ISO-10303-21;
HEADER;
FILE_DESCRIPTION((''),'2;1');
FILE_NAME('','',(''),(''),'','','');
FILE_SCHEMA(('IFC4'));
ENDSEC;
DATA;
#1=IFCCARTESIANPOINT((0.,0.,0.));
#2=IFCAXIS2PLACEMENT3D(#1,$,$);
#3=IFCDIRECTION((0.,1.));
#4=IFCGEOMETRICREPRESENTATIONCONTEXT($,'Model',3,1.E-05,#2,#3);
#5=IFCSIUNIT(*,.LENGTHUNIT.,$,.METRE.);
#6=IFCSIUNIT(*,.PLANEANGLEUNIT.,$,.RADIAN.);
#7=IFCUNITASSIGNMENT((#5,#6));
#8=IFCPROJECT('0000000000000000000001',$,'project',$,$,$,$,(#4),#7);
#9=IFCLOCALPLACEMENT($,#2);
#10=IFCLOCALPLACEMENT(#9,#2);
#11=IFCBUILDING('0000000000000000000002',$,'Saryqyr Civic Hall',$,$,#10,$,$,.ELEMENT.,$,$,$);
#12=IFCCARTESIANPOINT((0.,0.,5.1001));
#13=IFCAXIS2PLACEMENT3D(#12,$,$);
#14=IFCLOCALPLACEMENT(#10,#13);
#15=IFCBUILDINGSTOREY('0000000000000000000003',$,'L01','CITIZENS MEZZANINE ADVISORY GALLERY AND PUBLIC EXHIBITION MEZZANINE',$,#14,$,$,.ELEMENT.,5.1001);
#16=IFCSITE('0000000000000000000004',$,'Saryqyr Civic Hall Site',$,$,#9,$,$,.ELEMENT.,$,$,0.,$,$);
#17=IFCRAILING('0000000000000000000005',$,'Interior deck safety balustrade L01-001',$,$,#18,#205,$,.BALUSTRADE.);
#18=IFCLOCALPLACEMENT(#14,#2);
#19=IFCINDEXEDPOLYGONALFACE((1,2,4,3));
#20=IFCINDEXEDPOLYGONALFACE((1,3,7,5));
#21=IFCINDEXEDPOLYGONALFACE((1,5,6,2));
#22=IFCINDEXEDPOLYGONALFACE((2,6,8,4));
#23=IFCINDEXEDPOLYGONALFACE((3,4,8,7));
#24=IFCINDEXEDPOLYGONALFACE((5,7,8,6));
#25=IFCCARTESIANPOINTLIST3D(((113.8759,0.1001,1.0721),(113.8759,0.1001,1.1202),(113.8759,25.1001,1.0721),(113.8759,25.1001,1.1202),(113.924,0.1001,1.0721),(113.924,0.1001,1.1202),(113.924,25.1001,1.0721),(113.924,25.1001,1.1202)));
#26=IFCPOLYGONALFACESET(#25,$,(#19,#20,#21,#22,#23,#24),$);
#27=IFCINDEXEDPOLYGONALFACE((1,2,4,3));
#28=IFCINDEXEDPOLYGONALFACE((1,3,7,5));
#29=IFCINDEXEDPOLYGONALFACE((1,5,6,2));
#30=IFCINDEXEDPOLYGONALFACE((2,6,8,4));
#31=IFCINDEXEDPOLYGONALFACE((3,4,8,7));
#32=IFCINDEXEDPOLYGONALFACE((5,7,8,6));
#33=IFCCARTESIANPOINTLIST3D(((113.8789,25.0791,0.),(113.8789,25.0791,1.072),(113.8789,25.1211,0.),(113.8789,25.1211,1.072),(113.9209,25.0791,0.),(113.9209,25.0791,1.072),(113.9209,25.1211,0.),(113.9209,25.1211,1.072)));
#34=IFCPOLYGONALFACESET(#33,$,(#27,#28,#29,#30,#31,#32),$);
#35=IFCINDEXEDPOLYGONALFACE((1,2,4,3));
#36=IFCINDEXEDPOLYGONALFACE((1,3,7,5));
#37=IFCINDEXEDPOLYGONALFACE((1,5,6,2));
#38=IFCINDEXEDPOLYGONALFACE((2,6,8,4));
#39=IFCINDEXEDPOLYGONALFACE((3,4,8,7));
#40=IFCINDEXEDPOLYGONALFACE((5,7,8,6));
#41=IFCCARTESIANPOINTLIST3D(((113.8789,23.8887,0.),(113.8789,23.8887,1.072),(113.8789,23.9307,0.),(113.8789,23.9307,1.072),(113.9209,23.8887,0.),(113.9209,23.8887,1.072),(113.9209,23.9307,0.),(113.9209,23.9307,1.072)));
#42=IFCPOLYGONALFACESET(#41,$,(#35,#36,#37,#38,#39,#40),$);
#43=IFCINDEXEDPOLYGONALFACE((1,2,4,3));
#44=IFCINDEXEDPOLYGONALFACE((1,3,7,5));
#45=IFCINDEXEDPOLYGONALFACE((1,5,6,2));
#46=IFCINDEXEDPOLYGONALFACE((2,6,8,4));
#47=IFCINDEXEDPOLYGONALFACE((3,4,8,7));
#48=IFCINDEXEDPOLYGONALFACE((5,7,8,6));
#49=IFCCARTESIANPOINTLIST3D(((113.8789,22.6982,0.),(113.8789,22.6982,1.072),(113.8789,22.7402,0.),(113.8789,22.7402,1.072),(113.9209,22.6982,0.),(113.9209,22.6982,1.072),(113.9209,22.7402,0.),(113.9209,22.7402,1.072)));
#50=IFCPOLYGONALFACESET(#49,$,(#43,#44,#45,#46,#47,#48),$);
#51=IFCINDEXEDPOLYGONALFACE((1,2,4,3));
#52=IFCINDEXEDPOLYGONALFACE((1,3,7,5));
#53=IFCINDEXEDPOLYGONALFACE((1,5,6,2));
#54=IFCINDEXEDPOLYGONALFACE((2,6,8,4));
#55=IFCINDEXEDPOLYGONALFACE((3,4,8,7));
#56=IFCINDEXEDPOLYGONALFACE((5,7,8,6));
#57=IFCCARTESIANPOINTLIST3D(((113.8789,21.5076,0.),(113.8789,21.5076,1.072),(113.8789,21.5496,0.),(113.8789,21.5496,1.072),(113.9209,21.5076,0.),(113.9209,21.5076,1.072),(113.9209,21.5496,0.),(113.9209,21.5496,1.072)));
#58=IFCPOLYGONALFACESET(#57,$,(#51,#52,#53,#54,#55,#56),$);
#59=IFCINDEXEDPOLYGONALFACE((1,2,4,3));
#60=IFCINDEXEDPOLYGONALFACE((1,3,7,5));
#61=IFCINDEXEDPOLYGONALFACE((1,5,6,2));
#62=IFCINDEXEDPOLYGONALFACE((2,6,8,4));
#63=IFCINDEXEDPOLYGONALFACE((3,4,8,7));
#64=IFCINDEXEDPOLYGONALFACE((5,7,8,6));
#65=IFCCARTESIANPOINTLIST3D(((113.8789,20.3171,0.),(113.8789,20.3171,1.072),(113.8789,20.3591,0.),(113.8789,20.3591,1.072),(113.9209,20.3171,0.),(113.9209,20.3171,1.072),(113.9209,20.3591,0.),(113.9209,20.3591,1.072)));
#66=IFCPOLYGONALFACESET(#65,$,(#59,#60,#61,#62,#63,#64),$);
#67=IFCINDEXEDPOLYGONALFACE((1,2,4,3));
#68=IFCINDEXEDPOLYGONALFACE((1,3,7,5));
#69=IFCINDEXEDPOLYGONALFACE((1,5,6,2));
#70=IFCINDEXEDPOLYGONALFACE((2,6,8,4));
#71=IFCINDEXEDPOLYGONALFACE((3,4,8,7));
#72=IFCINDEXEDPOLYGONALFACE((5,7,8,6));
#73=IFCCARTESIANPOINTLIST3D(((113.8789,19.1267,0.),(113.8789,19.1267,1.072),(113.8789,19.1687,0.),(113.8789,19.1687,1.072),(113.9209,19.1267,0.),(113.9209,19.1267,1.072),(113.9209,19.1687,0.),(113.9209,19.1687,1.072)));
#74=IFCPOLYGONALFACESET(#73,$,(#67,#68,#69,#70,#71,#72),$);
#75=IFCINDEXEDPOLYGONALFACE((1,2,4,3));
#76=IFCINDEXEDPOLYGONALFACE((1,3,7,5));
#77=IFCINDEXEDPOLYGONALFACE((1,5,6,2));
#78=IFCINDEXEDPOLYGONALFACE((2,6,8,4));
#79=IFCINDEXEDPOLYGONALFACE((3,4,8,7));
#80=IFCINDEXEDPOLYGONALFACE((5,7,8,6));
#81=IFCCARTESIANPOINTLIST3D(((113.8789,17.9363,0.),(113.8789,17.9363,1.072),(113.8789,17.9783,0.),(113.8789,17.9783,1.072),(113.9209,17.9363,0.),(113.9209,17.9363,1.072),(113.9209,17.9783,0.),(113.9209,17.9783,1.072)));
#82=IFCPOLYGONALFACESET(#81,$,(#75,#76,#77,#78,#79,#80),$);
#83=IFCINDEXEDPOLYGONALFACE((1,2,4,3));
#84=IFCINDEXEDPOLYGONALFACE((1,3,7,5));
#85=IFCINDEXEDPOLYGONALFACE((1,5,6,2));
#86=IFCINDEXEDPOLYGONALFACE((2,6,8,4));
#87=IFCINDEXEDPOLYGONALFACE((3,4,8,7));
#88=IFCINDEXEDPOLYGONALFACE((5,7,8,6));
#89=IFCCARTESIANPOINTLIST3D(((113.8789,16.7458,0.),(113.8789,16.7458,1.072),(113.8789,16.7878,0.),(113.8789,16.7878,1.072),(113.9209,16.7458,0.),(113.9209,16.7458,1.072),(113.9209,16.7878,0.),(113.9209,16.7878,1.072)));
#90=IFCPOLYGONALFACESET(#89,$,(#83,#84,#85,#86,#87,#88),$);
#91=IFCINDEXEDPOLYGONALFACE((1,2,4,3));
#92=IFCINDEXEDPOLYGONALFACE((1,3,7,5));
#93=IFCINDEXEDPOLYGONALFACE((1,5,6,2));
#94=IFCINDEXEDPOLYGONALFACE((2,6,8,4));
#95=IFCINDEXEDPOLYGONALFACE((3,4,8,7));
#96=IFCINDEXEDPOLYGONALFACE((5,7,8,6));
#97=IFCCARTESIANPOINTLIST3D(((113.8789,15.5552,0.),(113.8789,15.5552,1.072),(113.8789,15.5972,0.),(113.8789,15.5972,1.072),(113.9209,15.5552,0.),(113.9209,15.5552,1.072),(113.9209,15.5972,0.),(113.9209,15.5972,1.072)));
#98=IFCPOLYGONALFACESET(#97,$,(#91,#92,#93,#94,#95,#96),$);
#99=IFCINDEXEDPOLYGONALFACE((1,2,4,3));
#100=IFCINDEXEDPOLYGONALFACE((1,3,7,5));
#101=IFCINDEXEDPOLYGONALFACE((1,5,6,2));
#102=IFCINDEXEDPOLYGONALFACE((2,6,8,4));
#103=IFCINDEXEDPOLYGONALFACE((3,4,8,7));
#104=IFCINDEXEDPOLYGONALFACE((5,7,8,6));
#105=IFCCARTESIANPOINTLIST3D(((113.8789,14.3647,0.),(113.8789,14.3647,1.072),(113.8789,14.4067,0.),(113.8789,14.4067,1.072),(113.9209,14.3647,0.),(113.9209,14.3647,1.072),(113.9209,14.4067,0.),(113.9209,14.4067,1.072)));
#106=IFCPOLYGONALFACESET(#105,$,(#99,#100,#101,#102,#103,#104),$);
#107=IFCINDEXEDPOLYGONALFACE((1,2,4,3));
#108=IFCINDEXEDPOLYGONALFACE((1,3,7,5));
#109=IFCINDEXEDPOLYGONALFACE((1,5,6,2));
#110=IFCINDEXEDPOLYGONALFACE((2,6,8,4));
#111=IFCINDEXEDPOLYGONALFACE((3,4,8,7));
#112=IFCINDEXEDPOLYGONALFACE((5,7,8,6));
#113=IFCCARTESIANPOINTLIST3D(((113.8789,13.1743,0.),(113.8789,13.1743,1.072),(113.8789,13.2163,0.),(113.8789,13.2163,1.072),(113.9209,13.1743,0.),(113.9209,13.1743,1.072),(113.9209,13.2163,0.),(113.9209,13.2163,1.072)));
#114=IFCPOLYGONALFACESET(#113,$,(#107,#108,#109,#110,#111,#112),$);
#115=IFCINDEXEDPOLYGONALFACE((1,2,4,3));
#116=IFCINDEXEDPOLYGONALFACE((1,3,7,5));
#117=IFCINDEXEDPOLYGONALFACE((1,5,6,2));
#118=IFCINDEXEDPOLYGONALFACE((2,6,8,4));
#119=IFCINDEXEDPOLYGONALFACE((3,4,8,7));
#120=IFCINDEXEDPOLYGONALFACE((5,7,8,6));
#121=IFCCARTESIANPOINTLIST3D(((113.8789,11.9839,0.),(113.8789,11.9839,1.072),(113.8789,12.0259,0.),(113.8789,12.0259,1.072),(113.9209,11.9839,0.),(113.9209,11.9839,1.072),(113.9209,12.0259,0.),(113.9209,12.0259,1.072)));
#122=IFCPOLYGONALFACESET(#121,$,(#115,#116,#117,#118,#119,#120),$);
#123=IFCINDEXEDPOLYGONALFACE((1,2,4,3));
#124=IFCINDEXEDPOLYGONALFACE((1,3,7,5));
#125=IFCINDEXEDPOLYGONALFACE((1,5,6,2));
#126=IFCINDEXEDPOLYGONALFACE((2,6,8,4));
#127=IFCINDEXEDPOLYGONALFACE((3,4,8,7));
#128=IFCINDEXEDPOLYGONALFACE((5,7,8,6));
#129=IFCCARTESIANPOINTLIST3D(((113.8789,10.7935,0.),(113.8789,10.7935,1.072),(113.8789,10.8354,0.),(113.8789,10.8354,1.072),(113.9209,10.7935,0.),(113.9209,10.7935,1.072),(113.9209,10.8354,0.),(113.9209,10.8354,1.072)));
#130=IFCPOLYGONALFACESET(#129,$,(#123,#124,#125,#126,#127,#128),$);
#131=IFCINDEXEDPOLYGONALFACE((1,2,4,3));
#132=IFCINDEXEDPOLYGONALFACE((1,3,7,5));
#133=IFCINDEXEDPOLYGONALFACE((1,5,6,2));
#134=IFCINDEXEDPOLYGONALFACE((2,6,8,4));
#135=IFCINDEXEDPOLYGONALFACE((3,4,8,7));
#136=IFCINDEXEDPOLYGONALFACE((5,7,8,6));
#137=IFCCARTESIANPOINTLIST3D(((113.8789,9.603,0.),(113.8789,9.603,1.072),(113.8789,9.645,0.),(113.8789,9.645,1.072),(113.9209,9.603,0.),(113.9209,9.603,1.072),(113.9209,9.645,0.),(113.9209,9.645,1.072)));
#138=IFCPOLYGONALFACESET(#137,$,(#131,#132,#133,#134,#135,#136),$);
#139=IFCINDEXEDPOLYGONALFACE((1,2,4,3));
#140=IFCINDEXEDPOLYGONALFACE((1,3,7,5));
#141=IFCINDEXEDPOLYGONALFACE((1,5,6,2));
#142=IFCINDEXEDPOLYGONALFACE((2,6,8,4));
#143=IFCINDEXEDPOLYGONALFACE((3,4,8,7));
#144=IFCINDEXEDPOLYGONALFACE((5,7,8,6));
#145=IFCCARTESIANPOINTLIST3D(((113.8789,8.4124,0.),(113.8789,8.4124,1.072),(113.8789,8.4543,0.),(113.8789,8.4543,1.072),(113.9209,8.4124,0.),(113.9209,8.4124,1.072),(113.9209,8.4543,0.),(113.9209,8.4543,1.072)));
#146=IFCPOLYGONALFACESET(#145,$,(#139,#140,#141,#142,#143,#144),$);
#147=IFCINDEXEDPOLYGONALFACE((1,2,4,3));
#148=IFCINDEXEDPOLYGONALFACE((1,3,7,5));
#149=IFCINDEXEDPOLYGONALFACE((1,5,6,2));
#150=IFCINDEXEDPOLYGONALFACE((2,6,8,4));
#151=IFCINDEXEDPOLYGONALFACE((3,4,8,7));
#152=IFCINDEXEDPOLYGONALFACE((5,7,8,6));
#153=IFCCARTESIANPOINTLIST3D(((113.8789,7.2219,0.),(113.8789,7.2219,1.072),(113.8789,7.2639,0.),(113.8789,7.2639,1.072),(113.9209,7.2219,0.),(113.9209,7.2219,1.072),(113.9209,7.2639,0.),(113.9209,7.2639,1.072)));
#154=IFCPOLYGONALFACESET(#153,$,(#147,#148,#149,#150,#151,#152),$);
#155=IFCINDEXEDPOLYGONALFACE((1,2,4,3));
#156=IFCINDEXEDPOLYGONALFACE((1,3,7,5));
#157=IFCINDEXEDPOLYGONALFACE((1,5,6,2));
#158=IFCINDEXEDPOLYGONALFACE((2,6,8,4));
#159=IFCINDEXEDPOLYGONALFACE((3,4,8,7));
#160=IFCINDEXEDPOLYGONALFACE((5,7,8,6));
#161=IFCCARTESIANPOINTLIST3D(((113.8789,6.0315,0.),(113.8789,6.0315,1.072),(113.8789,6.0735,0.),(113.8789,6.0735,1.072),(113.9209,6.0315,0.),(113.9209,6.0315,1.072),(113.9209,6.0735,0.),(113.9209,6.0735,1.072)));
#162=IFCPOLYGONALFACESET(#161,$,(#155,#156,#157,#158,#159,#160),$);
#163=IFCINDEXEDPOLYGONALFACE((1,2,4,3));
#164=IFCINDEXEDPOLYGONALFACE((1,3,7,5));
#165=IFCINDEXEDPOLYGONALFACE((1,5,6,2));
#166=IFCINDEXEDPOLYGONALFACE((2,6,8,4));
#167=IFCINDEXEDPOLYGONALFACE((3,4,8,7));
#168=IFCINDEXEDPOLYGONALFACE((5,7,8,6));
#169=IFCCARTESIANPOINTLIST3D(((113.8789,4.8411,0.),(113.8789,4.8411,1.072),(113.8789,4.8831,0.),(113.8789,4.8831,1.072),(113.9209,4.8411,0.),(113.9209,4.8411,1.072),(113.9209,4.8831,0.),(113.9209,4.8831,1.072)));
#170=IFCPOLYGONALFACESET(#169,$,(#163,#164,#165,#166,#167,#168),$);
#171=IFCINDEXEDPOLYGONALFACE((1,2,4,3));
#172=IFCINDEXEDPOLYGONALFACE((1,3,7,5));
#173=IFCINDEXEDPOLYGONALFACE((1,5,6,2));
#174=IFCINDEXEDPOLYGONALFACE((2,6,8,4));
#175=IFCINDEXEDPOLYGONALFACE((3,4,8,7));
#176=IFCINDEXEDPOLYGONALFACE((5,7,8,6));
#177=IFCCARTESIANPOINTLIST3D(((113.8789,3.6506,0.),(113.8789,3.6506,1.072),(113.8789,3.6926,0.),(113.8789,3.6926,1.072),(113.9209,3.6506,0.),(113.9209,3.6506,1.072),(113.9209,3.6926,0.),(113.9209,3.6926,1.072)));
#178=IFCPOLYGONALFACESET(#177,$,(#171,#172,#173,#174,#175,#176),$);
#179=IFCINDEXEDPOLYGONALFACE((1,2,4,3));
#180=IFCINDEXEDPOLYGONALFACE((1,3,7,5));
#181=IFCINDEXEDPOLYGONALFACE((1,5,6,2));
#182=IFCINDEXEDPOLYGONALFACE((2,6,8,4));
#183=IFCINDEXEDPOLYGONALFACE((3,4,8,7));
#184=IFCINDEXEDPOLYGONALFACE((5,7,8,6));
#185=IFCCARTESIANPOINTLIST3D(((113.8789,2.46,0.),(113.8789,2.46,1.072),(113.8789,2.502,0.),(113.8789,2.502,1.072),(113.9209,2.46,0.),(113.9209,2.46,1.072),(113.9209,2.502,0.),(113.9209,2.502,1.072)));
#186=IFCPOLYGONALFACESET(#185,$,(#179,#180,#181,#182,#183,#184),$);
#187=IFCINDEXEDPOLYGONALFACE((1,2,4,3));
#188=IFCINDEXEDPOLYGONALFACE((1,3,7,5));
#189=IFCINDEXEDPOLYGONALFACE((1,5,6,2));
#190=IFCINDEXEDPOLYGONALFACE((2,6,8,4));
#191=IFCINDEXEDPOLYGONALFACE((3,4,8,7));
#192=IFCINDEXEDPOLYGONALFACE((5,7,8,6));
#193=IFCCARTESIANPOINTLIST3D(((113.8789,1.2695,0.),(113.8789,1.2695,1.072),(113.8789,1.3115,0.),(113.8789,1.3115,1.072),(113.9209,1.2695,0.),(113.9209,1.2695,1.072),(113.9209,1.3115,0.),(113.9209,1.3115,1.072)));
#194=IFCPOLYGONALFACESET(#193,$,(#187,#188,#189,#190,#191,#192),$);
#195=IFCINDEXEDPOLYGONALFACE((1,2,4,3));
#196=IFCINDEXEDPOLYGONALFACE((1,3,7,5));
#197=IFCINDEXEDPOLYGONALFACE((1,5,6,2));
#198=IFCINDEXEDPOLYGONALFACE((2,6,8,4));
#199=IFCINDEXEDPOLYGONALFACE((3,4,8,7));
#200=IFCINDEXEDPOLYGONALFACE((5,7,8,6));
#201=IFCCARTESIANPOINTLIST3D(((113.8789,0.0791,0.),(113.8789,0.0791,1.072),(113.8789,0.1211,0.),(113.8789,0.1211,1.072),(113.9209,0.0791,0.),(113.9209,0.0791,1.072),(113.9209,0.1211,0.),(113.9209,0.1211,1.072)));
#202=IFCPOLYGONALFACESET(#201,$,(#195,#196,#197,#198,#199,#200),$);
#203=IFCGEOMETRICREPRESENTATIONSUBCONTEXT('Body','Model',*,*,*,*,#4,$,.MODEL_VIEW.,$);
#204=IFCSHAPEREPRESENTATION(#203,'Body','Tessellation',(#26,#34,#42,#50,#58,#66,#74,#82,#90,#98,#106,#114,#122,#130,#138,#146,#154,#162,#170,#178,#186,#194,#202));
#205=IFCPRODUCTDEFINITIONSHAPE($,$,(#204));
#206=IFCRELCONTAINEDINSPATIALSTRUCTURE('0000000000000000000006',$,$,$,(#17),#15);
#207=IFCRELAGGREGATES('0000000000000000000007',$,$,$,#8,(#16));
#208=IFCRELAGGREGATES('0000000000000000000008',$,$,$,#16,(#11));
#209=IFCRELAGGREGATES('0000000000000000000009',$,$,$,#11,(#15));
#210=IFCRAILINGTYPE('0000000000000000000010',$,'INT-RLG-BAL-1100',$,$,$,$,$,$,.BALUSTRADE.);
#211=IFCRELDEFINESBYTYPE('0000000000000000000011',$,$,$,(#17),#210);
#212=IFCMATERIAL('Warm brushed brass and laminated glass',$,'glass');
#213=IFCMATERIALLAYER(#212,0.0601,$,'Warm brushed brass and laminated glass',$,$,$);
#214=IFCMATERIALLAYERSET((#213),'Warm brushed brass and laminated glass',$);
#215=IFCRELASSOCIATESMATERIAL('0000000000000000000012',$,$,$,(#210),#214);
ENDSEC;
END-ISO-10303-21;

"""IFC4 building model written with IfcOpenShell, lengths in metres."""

from ifc_helpers import new_model, si_unit, direction, frame, origin, origin_2d, place, context, subcontext, project, spatial, rectangle, extrude, material, layer, layer_set, type_object, element, save


model = new_model("IFC4")

# Units and contexts
model_context = context("Model", 3, precision=1e-05, world=origin(), true_north=direction((0.0, 1.0)))
body_context = subcontext(model_context, "Body", "Model", "MODEL_VIEW")
ifc_project = project(units=[si_unit("LENGTHUNIT", "METRE"), si_unit("PLANEANGLEUNIT", "RADIAN")], contexts=[model_context])

# Site, building, storey
site_placement = place(None, origin())
site = spatial("IfcSite", under=ifc_project, at=site_placement, Name="Saryqyr Civic Hall Site", CompositionType="ELEMENT", RefElevation=0.0)
building_placement = place(site_placement, origin())
building = spatial("IfcBuilding", under=site, at=building_placement, Name="Saryqyr Civic Hall", CompositionType="ELEMENT")
storey_placement = place(building_placement, frame((0.0, 0.0, 5.1001)))
storey = spatial("IfcBuildingStorey", under=building, at=storey_placement, Name="L01", Description="CITIZENS MEZZANINE ADVISORY GALLERY AND PUBLIC EXHIBITION MEZZANINE", CompositionType="ELEMENT", Elevation=5.1001)

# Railing
ifc_material_1 = material(Name="Warm brushed brass and laminated glass", Category="glass")
ifc_layer_1 = layer(ifc_material_1, 0.0601, Name="Warm brushed brass and laminated glass")
ifc_layer_set_1 = layer_set([ifc_layer_1], Name="Warm brushed brass and laminated glass")
railing_type = type_object("IfcRailingType", Name="INT-RLG-BAL-1100", PredefinedType="BALUSTRADE", material=ifc_layer_set_1)
railing_placement = place(storey_placement, frame((113.8999, 25.1001, 0.0)))
element("IfcRailing", 1, at=railing_placement, inside=storey, type_object=railing_type, Name="Interior deck safety balustrade L01-001", PredefinedType="BALUSTRADE", context=body_context, shape_type="SweptSolid", body=[
    extrude(rectangle(XDim=0.0481, YDim=0.0481, at=origin_2d()), frame((0.0, 0.0, 1.0962), z_axis=(0.0, -1.0, 0.0), x_axis=(1.0, 0.0, 0.0)), (0.0, 0.0, 1.0), 25.0),
    extrude(rectangle(XDim=0.042, YDim=0.042, at=origin_2d()), origin(), (0.0, 0.0, 1.0), 1.072),
    extrude(rectangle(XDim=0.042, YDim=0.042, at=origin_2d()), frame((0.0, -1.1904, 0.0)), (0.0, 0.0, 1.0), 1.072),
    extrude(rectangle(XDim=0.042, YDim=0.042, at=origin_2d()), frame((0.0, -2.3809, 0.0)), (0.0, 0.0, 1.0), 1.072),
    extrude(rectangle(XDim=0.042, YDim=0.042, at=origin_2d()), frame((0.0, -3.5715, 0.0)), (0.0, 0.0, 1.0), 1.072),
    extrude(rectangle(XDim=0.042, YDim=0.042, at=origin_2d()), frame((0.0, -4.762, 0.0)), (0.0, 0.0, 1.0), 1.072),
    extrude(rectangle(XDim=0.042, YDim=0.042, at=origin_2d()), frame((0.0, -5.9524, 0.0)), (0.0, 0.0, 1.0), 1.072),
    extrude(rectangle(XDim=0.042, YDim=0.042, at=origin_2d()), frame((0.0, -7.1428, 0.0)), (0.0, 0.0, 1.0), 1.072),
    extrude(rectangle(XDim=0.042, YDim=0.042, at=origin_2d()), frame((0.0, -8.3333, 0.0)), (0.0, 0.0, 1.0), 1.072),
    extrude(rectangle(XDim=0.042, YDim=0.042, at=origin_2d()), frame((0.0, -9.5239, 0.0)), (0.0, 0.0, 1.0), 1.072),
    extrude(rectangle(XDim=0.042, YDim=0.042, at=origin_2d()), frame((0.0, -10.7144, 0.0)), (0.0, 0.0, 1.0), 1.072),
    extrude(rectangle(XDim=0.042, YDim=0.042, at=origin_2d()), frame((0.0, -11.9048, 0.0)), (0.0, 0.0, 1.0), 1.072),
    extrude(rectangle(XDim=0.042, YDim=0.042, at=origin_2d()), frame((0.0, -13.0952, 0.0)), (0.0, 0.0, 1.0), 1.072),
    extrude(rectangle(XDim=0.042, YDim=0.042, at=origin_2d()), frame((0.0, -14.2856, 0.0)), (0.0, 0.0, 1.0), 1.072),
    extrude(rectangle(XDim=0.042, YDim=0.042, at=origin_2d()), frame((0.0, -15.4761, 0.0)), (0.0, 0.0, 1.0), 1.072),
    extrude(rectangle(XDim=0.042, YDim=0.042, at=origin_2d()), frame((0.0, -16.6667, 0.0)), (0.0, 0.0, 1.0), 1.072),
    extrude(rectangle(XDim=0.042, YDim=0.042, at=origin_2d()), frame((0.0, -17.8572, 0.0)), (0.0, 0.0, 1.0), 1.072),
    extrude(rectangle(XDim=0.042, YDim=0.042, at=origin_2d()), frame((0.0, -19.0476, 0.0)), (0.0, 0.0, 1.0), 1.072),
    extrude(rectangle(XDim=0.042, YDim=0.042, at=origin_2d()), frame((0.0, -20.238, 0.0)), (0.0, 0.0, 1.0), 1.072),
    extrude(rectangle(XDim=0.042, YDim=0.042, at=origin_2d()), frame((0.0, -21.4285, 0.0)), (0.0, 0.0, 1.0), 1.072),
    extrude(rectangle(XDim=0.042, YDim=0.042, at=origin_2d()), frame((0.0, -22.6191, 0.0)), (0.0, 0.0, 1.0), 1.072),
    extrude(rectangle(XDim=0.042, YDim=0.042, at=origin_2d()), frame((0.0, -23.8096, 0.0)), (0.0, 0.0, 1.0), 1.072),
    extrude(rectangle(XDim=0.042, YDim=0.042, at=origin_2d()), frame((0.0, -25.0, 0.0)), (0.0, 0.0, 1.0), 1.072),
])

save(model, "model.ifc")
